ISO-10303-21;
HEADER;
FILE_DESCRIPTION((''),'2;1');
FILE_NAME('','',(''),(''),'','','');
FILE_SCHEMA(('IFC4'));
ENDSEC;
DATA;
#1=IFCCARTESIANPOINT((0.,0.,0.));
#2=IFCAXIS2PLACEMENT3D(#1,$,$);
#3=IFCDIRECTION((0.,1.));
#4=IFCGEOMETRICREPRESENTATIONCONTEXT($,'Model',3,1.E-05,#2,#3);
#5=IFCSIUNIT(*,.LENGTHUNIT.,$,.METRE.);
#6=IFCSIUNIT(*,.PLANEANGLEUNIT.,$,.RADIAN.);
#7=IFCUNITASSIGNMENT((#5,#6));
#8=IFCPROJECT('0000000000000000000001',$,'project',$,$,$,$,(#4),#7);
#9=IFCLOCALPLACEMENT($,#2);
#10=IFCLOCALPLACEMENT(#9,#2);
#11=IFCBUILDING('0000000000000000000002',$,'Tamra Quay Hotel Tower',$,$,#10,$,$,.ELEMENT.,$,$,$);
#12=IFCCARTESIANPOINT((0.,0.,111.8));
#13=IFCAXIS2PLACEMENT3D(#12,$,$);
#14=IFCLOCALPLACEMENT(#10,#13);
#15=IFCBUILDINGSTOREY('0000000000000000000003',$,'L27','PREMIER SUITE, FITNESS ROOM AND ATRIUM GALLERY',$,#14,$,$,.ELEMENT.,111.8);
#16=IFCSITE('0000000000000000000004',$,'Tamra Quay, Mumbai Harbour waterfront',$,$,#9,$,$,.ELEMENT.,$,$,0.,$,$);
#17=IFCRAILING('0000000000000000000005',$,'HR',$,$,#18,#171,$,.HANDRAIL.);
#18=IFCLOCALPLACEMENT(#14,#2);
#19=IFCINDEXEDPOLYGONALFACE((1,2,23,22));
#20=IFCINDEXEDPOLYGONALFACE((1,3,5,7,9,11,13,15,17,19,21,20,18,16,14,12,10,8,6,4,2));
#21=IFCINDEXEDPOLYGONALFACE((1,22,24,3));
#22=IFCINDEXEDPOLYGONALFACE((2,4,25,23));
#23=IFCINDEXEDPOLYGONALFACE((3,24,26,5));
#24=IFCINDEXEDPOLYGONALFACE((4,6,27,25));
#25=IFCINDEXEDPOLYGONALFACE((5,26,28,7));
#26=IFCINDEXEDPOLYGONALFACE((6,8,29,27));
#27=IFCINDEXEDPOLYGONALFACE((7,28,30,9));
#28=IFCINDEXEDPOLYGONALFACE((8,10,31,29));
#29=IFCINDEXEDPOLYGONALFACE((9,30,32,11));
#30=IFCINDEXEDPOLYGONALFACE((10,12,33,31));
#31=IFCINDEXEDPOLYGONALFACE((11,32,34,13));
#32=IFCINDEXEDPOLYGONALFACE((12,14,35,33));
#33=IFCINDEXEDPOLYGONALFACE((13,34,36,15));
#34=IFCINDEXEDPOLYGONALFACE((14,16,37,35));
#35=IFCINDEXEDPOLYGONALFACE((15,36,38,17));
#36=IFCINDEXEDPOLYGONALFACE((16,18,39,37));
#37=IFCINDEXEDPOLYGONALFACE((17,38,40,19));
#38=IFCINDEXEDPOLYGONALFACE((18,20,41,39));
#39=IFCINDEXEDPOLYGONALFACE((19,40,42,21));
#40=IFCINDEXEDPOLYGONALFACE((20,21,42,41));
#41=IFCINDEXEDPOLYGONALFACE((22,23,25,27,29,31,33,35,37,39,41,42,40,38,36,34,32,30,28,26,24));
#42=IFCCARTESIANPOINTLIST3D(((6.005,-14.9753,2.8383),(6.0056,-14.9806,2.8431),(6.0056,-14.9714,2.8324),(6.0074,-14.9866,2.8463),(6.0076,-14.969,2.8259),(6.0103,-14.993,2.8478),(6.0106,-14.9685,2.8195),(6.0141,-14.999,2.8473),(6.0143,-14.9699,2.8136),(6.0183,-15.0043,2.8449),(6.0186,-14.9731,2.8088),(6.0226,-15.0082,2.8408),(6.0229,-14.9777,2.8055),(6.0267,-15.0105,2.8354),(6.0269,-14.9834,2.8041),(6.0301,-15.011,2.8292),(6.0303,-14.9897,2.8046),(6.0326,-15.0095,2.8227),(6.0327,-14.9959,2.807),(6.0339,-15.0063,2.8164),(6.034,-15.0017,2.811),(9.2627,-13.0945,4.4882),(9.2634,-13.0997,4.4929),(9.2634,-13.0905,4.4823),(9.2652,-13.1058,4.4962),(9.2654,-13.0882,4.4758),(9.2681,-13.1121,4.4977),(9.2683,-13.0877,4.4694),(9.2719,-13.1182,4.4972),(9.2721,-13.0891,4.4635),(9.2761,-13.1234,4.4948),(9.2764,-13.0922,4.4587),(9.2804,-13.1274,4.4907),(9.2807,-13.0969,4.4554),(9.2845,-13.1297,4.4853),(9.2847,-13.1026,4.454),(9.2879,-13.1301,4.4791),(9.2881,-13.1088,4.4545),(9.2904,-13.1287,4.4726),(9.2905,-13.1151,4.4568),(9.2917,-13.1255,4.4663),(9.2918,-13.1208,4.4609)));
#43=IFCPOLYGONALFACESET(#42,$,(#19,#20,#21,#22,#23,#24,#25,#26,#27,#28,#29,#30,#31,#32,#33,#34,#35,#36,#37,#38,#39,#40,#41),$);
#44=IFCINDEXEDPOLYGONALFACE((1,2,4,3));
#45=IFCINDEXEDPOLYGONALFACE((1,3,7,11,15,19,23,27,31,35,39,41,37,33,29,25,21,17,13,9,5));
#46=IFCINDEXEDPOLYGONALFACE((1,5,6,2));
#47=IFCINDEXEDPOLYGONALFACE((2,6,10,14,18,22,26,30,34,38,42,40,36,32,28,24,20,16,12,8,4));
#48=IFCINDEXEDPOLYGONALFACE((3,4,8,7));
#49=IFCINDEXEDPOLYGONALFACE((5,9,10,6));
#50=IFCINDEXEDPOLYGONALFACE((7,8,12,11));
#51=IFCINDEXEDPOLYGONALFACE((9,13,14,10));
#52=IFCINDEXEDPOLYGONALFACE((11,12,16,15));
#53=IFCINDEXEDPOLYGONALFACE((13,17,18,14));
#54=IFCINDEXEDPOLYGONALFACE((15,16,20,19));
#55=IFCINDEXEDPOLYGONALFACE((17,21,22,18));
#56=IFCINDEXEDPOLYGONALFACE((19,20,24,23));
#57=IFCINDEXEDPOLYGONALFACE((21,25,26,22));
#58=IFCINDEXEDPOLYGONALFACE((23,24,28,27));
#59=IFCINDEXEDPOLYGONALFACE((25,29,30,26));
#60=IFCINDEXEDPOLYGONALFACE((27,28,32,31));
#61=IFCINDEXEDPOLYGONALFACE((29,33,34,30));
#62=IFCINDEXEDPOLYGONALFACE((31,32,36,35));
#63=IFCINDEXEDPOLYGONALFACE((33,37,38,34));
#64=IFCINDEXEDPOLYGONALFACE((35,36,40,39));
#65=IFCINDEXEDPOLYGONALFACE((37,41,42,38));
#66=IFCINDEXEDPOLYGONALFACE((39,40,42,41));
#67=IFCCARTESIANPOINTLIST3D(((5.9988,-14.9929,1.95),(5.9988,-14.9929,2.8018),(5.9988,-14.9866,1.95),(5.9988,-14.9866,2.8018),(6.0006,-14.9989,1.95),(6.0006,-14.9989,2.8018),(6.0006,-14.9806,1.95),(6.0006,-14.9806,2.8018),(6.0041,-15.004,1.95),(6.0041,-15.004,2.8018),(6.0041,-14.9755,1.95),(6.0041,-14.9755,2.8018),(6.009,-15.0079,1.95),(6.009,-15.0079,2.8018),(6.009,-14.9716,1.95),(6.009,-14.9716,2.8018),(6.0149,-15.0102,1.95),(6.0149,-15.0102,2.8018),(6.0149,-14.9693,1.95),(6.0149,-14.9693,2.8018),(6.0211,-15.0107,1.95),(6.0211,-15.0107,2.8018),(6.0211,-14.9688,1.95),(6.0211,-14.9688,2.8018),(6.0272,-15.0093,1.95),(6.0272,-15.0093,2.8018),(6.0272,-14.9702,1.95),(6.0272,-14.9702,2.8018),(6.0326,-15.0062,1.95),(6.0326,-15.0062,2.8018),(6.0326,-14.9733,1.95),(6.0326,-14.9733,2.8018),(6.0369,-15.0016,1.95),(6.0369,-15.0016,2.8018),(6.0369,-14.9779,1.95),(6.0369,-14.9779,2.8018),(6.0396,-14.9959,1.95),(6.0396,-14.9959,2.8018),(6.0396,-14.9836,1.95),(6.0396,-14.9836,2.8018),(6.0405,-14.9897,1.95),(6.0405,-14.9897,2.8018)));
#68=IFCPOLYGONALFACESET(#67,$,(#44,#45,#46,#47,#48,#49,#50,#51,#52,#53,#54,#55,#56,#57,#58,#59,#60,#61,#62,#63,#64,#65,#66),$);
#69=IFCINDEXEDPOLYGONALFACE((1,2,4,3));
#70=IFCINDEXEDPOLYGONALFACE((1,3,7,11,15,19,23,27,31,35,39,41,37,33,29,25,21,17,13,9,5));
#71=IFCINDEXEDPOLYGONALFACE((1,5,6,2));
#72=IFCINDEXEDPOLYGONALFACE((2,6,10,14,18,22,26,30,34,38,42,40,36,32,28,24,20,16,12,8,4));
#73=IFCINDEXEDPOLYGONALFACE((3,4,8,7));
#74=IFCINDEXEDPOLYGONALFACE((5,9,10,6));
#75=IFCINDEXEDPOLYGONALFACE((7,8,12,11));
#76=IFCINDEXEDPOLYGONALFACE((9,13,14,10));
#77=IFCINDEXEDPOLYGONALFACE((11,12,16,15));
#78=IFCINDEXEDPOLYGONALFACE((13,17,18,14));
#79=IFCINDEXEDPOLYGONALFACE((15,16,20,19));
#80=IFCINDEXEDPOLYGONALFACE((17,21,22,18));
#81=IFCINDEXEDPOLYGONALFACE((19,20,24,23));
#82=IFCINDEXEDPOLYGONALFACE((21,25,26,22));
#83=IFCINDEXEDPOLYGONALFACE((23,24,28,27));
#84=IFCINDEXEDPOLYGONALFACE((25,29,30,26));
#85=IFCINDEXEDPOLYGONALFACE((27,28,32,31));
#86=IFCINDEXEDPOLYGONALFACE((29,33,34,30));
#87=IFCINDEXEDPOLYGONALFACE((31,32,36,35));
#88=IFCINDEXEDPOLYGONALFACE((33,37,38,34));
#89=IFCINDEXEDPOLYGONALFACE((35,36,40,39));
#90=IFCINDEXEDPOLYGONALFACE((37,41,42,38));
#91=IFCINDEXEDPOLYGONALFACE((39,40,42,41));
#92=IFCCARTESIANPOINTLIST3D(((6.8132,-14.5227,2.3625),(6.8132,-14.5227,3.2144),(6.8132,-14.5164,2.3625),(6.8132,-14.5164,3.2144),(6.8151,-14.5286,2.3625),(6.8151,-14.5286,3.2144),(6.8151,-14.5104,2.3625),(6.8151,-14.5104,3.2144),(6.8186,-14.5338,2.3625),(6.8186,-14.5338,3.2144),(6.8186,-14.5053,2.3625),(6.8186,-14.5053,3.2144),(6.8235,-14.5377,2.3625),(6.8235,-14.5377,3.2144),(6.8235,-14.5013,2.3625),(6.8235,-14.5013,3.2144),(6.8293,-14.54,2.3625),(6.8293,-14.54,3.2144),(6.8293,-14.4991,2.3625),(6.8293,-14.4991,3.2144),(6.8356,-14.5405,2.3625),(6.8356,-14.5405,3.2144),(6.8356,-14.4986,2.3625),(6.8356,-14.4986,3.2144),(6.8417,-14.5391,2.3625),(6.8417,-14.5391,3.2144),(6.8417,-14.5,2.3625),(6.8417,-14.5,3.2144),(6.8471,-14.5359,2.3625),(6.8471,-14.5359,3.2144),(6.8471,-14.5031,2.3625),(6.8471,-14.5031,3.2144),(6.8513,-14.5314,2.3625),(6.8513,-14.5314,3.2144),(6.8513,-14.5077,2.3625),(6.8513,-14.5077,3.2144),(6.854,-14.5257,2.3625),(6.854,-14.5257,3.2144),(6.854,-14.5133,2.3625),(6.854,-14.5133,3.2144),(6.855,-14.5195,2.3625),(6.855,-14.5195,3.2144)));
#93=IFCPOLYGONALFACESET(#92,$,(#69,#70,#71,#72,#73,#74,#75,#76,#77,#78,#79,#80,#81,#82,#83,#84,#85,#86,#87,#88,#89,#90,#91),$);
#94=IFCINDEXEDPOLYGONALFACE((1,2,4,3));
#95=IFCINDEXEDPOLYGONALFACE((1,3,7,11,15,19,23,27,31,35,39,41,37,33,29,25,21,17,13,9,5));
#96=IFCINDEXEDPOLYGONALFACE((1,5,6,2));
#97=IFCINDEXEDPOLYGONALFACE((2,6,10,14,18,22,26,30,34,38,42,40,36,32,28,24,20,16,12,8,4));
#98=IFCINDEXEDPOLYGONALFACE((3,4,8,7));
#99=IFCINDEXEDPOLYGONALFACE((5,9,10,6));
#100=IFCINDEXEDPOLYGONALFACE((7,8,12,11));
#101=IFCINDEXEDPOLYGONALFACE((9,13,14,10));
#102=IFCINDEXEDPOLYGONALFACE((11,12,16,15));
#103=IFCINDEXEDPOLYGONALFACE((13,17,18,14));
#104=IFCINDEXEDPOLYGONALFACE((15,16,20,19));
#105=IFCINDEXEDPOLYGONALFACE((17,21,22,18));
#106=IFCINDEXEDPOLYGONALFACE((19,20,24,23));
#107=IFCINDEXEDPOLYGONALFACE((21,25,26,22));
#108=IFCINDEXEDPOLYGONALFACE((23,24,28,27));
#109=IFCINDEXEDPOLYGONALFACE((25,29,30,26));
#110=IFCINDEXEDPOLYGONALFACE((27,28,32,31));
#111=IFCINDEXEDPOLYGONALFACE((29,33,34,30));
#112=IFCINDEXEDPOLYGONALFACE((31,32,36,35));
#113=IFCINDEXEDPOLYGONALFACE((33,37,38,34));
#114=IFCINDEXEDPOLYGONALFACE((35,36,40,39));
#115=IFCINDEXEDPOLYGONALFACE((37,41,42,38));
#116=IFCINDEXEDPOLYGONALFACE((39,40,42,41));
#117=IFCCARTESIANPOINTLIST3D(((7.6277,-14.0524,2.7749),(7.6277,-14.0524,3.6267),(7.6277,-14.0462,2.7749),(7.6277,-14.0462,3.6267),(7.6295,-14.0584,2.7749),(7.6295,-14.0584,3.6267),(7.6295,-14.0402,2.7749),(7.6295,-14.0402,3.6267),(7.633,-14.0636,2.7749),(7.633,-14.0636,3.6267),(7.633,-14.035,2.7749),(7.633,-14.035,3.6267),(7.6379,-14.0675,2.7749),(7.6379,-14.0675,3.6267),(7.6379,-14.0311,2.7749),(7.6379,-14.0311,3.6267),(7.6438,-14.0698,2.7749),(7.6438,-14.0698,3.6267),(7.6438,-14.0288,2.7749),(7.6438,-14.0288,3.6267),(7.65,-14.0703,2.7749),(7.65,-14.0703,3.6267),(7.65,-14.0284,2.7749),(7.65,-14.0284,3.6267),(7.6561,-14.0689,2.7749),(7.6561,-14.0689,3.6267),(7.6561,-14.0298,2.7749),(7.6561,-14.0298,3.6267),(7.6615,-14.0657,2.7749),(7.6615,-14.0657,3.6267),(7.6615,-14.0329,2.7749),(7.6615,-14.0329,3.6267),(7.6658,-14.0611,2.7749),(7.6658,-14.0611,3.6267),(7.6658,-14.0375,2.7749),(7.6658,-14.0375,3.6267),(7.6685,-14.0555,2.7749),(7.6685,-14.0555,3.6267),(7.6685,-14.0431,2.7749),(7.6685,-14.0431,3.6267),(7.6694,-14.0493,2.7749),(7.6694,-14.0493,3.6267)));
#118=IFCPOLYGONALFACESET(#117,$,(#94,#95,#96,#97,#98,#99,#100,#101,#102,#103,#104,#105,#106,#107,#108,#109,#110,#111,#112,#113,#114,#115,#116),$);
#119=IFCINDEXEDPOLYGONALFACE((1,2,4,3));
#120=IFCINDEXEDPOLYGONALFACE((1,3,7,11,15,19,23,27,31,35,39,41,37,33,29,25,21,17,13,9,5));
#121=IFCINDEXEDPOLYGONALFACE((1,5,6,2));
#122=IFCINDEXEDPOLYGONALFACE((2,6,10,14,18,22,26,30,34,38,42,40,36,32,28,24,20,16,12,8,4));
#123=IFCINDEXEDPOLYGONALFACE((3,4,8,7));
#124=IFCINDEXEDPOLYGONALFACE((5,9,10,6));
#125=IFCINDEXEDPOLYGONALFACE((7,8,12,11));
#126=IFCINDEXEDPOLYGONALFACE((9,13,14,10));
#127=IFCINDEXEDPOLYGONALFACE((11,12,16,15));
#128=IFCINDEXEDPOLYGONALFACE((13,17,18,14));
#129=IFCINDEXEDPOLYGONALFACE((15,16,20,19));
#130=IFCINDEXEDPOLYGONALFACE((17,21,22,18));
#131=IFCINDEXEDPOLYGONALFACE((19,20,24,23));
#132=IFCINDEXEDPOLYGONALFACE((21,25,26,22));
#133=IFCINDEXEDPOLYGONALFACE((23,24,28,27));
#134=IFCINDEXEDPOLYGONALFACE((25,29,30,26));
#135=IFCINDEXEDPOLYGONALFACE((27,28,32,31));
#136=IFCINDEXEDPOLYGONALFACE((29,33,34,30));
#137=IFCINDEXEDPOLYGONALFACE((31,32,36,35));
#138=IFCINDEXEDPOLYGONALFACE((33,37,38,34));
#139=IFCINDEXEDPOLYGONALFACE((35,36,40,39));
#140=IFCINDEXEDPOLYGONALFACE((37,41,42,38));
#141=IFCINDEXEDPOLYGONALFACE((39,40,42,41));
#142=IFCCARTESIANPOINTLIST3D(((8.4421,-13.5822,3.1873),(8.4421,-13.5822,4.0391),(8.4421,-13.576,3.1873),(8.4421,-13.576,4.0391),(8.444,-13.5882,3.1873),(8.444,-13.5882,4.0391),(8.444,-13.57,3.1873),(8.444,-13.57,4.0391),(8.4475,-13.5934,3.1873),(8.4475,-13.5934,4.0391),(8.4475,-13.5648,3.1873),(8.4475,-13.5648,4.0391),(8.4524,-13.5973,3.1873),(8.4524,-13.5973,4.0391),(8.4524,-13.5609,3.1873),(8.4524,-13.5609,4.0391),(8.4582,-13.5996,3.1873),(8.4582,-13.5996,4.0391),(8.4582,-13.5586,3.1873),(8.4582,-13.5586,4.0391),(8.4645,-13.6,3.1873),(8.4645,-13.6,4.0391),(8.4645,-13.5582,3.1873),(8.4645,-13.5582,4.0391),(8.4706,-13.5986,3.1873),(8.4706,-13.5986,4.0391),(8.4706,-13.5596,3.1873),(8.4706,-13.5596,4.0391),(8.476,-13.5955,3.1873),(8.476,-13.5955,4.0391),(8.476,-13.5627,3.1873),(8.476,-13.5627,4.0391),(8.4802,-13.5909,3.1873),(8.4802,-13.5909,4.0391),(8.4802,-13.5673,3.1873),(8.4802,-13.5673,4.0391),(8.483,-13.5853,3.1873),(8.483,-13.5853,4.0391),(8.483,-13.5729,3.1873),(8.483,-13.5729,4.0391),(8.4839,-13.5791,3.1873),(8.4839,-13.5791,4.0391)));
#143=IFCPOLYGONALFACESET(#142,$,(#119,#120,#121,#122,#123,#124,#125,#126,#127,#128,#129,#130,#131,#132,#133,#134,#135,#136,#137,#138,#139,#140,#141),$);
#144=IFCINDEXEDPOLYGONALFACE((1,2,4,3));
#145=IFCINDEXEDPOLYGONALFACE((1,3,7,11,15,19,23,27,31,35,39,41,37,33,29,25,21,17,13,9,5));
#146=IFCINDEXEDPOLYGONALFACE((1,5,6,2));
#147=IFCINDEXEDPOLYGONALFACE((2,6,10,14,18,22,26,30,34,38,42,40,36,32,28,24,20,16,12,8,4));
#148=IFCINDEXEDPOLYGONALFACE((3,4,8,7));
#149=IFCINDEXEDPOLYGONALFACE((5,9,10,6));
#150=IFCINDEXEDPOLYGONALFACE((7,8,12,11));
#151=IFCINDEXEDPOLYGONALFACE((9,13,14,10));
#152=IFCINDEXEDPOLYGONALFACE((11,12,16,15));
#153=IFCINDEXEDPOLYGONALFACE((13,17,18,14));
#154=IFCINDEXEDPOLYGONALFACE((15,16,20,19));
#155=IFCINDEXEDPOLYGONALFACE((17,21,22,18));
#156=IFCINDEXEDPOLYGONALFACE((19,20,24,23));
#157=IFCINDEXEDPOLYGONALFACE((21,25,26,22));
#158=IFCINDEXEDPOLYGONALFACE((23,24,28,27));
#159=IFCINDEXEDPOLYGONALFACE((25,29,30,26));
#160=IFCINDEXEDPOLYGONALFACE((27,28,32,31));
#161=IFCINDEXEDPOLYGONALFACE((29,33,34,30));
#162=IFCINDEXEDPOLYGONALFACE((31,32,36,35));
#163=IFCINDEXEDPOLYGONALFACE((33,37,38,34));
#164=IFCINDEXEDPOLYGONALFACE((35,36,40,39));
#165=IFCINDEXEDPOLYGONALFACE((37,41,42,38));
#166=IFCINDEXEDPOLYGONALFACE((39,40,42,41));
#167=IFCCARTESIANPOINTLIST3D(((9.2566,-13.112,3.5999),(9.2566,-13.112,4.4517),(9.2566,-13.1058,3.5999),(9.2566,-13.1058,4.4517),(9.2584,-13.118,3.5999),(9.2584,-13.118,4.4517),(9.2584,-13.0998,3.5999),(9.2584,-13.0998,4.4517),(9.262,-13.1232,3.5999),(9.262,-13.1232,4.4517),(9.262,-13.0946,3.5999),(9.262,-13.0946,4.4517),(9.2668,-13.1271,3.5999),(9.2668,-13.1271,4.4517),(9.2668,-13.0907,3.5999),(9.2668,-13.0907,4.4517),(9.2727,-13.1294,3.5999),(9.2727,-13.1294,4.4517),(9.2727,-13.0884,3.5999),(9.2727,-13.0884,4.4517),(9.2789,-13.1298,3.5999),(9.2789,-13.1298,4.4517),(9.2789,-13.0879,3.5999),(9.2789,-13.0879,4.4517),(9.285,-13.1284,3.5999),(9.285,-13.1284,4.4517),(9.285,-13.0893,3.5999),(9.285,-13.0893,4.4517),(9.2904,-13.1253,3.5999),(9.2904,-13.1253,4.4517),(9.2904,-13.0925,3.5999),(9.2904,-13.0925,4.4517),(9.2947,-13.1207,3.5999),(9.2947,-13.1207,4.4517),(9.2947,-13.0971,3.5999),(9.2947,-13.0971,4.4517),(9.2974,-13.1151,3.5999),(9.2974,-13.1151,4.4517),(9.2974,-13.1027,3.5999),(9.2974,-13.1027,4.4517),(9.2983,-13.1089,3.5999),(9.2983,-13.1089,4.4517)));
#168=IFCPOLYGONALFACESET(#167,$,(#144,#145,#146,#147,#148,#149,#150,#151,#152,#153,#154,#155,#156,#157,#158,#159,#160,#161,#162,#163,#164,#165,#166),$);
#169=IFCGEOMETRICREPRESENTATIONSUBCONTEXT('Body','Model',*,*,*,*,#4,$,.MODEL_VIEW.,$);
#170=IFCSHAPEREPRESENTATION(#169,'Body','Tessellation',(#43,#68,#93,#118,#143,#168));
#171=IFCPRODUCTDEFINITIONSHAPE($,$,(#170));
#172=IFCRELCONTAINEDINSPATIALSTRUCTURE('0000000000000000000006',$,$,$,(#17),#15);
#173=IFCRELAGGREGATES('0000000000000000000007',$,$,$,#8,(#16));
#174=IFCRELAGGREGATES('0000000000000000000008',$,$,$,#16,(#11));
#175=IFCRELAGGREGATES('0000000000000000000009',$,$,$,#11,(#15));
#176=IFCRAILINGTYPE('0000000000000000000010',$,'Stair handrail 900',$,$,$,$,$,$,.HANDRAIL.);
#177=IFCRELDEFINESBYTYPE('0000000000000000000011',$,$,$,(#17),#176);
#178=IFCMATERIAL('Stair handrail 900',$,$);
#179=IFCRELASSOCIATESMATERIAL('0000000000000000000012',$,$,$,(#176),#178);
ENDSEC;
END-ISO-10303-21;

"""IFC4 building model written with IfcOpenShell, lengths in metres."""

from ifc_helpers import new_model, si_unit, direction, frame, origin, origin_2d, place, context, subcontext, project, spatial, circle, extrude, material, type_object, element, save


model = new_model("IFC4")

# Units and contexts
model_context = context("Model", 3, precision=1e-05, world=origin(), true_north=direction((0.0, 1.0)))
body_context = subcontext(model_context, "Body", "Model", "MODEL_VIEW")
ifc_project = project(units=[si_unit("LENGTHUNIT", "METRE"), si_unit("PLANEANGLEUNIT", "RADIAN")], contexts=[model_context])

# Site, building, storey
site_placement = place(None, origin())
site = spatial("IfcSite", under=ifc_project, at=site_placement, Name="Tamra Quay, Mumbai Harbour waterfront", CompositionType="ELEMENT", RefElevation=0.0)
building_placement = place(site_placement, origin())
building = spatial("IfcBuilding", under=site, at=building_placement, Name="Tamra Quay Hotel Tower", CompositionType="ELEMENT")
storey_placement = place(building_placement, frame((0.0, 0.0, 111.8)))
storey = spatial("IfcBuildingStorey", under=building, at=storey_placement, Name="L27", Description="PREMIER SUITE, FITNESS ROOM AND ATRIUM GALLERY", CompositionType="ELEMENT", Elevation=111.8)

# Railing
ifc_material_1 = material(Name="Stair handrail 900")
railing_type_1 = type_object("IfcRailingType", Name="Stair handrail 900", PredefinedType="HANDRAIL", material=ifc_material_1)
railing_1_placement = place(storey_placement, frame((6.0195, -14.9897, 1.95)))
element("IfcRailing", 1, at=railing_1_placement, inside=storey, type_object=railing_type_1, Name="HR", PredefinedType="HANDRAIL", context=body_context, shape_type="SweptSolid", body=[
    extrude(circle(Radius=0.0239, at=origin_2d()), frame((0.0, 0.0, 0.876), z_axis=(0.7931, 0.457887, 0.401661), x_axis=(-0.499992, 0.86603, 0.0)), (0.0, 0.0, 1.0), 4.1077),
    extrude(circle(Radius=0.021, at=origin_2d()), origin(), (0.0, 0.0, 1.0), 0.8518),
    extrude(circle(Radius=0.021, at=origin_2d()), frame((0.8145, 0.4702, 0.4126)), (0.0, 0.0, 1.0), 0.8518),
    extrude(circle(Radius=0.021, at=origin_2d()), frame((1.6289, 0.9404, 0.825)), (0.0, 0.0, 1.0), 0.8518),
    extrude(circle(Radius=0.021, at=origin_2d()), frame((2.4434, 1.4106, 1.2373)), (0.0, 0.0, 1.0), 0.8518),
    extrude(circle(Radius=0.021, at=origin_2d()), frame((3.2578, 1.8809, 1.6499)), (0.0, 0.0, 1.0), 0.8518),
])

save(model, "model.ifc")
